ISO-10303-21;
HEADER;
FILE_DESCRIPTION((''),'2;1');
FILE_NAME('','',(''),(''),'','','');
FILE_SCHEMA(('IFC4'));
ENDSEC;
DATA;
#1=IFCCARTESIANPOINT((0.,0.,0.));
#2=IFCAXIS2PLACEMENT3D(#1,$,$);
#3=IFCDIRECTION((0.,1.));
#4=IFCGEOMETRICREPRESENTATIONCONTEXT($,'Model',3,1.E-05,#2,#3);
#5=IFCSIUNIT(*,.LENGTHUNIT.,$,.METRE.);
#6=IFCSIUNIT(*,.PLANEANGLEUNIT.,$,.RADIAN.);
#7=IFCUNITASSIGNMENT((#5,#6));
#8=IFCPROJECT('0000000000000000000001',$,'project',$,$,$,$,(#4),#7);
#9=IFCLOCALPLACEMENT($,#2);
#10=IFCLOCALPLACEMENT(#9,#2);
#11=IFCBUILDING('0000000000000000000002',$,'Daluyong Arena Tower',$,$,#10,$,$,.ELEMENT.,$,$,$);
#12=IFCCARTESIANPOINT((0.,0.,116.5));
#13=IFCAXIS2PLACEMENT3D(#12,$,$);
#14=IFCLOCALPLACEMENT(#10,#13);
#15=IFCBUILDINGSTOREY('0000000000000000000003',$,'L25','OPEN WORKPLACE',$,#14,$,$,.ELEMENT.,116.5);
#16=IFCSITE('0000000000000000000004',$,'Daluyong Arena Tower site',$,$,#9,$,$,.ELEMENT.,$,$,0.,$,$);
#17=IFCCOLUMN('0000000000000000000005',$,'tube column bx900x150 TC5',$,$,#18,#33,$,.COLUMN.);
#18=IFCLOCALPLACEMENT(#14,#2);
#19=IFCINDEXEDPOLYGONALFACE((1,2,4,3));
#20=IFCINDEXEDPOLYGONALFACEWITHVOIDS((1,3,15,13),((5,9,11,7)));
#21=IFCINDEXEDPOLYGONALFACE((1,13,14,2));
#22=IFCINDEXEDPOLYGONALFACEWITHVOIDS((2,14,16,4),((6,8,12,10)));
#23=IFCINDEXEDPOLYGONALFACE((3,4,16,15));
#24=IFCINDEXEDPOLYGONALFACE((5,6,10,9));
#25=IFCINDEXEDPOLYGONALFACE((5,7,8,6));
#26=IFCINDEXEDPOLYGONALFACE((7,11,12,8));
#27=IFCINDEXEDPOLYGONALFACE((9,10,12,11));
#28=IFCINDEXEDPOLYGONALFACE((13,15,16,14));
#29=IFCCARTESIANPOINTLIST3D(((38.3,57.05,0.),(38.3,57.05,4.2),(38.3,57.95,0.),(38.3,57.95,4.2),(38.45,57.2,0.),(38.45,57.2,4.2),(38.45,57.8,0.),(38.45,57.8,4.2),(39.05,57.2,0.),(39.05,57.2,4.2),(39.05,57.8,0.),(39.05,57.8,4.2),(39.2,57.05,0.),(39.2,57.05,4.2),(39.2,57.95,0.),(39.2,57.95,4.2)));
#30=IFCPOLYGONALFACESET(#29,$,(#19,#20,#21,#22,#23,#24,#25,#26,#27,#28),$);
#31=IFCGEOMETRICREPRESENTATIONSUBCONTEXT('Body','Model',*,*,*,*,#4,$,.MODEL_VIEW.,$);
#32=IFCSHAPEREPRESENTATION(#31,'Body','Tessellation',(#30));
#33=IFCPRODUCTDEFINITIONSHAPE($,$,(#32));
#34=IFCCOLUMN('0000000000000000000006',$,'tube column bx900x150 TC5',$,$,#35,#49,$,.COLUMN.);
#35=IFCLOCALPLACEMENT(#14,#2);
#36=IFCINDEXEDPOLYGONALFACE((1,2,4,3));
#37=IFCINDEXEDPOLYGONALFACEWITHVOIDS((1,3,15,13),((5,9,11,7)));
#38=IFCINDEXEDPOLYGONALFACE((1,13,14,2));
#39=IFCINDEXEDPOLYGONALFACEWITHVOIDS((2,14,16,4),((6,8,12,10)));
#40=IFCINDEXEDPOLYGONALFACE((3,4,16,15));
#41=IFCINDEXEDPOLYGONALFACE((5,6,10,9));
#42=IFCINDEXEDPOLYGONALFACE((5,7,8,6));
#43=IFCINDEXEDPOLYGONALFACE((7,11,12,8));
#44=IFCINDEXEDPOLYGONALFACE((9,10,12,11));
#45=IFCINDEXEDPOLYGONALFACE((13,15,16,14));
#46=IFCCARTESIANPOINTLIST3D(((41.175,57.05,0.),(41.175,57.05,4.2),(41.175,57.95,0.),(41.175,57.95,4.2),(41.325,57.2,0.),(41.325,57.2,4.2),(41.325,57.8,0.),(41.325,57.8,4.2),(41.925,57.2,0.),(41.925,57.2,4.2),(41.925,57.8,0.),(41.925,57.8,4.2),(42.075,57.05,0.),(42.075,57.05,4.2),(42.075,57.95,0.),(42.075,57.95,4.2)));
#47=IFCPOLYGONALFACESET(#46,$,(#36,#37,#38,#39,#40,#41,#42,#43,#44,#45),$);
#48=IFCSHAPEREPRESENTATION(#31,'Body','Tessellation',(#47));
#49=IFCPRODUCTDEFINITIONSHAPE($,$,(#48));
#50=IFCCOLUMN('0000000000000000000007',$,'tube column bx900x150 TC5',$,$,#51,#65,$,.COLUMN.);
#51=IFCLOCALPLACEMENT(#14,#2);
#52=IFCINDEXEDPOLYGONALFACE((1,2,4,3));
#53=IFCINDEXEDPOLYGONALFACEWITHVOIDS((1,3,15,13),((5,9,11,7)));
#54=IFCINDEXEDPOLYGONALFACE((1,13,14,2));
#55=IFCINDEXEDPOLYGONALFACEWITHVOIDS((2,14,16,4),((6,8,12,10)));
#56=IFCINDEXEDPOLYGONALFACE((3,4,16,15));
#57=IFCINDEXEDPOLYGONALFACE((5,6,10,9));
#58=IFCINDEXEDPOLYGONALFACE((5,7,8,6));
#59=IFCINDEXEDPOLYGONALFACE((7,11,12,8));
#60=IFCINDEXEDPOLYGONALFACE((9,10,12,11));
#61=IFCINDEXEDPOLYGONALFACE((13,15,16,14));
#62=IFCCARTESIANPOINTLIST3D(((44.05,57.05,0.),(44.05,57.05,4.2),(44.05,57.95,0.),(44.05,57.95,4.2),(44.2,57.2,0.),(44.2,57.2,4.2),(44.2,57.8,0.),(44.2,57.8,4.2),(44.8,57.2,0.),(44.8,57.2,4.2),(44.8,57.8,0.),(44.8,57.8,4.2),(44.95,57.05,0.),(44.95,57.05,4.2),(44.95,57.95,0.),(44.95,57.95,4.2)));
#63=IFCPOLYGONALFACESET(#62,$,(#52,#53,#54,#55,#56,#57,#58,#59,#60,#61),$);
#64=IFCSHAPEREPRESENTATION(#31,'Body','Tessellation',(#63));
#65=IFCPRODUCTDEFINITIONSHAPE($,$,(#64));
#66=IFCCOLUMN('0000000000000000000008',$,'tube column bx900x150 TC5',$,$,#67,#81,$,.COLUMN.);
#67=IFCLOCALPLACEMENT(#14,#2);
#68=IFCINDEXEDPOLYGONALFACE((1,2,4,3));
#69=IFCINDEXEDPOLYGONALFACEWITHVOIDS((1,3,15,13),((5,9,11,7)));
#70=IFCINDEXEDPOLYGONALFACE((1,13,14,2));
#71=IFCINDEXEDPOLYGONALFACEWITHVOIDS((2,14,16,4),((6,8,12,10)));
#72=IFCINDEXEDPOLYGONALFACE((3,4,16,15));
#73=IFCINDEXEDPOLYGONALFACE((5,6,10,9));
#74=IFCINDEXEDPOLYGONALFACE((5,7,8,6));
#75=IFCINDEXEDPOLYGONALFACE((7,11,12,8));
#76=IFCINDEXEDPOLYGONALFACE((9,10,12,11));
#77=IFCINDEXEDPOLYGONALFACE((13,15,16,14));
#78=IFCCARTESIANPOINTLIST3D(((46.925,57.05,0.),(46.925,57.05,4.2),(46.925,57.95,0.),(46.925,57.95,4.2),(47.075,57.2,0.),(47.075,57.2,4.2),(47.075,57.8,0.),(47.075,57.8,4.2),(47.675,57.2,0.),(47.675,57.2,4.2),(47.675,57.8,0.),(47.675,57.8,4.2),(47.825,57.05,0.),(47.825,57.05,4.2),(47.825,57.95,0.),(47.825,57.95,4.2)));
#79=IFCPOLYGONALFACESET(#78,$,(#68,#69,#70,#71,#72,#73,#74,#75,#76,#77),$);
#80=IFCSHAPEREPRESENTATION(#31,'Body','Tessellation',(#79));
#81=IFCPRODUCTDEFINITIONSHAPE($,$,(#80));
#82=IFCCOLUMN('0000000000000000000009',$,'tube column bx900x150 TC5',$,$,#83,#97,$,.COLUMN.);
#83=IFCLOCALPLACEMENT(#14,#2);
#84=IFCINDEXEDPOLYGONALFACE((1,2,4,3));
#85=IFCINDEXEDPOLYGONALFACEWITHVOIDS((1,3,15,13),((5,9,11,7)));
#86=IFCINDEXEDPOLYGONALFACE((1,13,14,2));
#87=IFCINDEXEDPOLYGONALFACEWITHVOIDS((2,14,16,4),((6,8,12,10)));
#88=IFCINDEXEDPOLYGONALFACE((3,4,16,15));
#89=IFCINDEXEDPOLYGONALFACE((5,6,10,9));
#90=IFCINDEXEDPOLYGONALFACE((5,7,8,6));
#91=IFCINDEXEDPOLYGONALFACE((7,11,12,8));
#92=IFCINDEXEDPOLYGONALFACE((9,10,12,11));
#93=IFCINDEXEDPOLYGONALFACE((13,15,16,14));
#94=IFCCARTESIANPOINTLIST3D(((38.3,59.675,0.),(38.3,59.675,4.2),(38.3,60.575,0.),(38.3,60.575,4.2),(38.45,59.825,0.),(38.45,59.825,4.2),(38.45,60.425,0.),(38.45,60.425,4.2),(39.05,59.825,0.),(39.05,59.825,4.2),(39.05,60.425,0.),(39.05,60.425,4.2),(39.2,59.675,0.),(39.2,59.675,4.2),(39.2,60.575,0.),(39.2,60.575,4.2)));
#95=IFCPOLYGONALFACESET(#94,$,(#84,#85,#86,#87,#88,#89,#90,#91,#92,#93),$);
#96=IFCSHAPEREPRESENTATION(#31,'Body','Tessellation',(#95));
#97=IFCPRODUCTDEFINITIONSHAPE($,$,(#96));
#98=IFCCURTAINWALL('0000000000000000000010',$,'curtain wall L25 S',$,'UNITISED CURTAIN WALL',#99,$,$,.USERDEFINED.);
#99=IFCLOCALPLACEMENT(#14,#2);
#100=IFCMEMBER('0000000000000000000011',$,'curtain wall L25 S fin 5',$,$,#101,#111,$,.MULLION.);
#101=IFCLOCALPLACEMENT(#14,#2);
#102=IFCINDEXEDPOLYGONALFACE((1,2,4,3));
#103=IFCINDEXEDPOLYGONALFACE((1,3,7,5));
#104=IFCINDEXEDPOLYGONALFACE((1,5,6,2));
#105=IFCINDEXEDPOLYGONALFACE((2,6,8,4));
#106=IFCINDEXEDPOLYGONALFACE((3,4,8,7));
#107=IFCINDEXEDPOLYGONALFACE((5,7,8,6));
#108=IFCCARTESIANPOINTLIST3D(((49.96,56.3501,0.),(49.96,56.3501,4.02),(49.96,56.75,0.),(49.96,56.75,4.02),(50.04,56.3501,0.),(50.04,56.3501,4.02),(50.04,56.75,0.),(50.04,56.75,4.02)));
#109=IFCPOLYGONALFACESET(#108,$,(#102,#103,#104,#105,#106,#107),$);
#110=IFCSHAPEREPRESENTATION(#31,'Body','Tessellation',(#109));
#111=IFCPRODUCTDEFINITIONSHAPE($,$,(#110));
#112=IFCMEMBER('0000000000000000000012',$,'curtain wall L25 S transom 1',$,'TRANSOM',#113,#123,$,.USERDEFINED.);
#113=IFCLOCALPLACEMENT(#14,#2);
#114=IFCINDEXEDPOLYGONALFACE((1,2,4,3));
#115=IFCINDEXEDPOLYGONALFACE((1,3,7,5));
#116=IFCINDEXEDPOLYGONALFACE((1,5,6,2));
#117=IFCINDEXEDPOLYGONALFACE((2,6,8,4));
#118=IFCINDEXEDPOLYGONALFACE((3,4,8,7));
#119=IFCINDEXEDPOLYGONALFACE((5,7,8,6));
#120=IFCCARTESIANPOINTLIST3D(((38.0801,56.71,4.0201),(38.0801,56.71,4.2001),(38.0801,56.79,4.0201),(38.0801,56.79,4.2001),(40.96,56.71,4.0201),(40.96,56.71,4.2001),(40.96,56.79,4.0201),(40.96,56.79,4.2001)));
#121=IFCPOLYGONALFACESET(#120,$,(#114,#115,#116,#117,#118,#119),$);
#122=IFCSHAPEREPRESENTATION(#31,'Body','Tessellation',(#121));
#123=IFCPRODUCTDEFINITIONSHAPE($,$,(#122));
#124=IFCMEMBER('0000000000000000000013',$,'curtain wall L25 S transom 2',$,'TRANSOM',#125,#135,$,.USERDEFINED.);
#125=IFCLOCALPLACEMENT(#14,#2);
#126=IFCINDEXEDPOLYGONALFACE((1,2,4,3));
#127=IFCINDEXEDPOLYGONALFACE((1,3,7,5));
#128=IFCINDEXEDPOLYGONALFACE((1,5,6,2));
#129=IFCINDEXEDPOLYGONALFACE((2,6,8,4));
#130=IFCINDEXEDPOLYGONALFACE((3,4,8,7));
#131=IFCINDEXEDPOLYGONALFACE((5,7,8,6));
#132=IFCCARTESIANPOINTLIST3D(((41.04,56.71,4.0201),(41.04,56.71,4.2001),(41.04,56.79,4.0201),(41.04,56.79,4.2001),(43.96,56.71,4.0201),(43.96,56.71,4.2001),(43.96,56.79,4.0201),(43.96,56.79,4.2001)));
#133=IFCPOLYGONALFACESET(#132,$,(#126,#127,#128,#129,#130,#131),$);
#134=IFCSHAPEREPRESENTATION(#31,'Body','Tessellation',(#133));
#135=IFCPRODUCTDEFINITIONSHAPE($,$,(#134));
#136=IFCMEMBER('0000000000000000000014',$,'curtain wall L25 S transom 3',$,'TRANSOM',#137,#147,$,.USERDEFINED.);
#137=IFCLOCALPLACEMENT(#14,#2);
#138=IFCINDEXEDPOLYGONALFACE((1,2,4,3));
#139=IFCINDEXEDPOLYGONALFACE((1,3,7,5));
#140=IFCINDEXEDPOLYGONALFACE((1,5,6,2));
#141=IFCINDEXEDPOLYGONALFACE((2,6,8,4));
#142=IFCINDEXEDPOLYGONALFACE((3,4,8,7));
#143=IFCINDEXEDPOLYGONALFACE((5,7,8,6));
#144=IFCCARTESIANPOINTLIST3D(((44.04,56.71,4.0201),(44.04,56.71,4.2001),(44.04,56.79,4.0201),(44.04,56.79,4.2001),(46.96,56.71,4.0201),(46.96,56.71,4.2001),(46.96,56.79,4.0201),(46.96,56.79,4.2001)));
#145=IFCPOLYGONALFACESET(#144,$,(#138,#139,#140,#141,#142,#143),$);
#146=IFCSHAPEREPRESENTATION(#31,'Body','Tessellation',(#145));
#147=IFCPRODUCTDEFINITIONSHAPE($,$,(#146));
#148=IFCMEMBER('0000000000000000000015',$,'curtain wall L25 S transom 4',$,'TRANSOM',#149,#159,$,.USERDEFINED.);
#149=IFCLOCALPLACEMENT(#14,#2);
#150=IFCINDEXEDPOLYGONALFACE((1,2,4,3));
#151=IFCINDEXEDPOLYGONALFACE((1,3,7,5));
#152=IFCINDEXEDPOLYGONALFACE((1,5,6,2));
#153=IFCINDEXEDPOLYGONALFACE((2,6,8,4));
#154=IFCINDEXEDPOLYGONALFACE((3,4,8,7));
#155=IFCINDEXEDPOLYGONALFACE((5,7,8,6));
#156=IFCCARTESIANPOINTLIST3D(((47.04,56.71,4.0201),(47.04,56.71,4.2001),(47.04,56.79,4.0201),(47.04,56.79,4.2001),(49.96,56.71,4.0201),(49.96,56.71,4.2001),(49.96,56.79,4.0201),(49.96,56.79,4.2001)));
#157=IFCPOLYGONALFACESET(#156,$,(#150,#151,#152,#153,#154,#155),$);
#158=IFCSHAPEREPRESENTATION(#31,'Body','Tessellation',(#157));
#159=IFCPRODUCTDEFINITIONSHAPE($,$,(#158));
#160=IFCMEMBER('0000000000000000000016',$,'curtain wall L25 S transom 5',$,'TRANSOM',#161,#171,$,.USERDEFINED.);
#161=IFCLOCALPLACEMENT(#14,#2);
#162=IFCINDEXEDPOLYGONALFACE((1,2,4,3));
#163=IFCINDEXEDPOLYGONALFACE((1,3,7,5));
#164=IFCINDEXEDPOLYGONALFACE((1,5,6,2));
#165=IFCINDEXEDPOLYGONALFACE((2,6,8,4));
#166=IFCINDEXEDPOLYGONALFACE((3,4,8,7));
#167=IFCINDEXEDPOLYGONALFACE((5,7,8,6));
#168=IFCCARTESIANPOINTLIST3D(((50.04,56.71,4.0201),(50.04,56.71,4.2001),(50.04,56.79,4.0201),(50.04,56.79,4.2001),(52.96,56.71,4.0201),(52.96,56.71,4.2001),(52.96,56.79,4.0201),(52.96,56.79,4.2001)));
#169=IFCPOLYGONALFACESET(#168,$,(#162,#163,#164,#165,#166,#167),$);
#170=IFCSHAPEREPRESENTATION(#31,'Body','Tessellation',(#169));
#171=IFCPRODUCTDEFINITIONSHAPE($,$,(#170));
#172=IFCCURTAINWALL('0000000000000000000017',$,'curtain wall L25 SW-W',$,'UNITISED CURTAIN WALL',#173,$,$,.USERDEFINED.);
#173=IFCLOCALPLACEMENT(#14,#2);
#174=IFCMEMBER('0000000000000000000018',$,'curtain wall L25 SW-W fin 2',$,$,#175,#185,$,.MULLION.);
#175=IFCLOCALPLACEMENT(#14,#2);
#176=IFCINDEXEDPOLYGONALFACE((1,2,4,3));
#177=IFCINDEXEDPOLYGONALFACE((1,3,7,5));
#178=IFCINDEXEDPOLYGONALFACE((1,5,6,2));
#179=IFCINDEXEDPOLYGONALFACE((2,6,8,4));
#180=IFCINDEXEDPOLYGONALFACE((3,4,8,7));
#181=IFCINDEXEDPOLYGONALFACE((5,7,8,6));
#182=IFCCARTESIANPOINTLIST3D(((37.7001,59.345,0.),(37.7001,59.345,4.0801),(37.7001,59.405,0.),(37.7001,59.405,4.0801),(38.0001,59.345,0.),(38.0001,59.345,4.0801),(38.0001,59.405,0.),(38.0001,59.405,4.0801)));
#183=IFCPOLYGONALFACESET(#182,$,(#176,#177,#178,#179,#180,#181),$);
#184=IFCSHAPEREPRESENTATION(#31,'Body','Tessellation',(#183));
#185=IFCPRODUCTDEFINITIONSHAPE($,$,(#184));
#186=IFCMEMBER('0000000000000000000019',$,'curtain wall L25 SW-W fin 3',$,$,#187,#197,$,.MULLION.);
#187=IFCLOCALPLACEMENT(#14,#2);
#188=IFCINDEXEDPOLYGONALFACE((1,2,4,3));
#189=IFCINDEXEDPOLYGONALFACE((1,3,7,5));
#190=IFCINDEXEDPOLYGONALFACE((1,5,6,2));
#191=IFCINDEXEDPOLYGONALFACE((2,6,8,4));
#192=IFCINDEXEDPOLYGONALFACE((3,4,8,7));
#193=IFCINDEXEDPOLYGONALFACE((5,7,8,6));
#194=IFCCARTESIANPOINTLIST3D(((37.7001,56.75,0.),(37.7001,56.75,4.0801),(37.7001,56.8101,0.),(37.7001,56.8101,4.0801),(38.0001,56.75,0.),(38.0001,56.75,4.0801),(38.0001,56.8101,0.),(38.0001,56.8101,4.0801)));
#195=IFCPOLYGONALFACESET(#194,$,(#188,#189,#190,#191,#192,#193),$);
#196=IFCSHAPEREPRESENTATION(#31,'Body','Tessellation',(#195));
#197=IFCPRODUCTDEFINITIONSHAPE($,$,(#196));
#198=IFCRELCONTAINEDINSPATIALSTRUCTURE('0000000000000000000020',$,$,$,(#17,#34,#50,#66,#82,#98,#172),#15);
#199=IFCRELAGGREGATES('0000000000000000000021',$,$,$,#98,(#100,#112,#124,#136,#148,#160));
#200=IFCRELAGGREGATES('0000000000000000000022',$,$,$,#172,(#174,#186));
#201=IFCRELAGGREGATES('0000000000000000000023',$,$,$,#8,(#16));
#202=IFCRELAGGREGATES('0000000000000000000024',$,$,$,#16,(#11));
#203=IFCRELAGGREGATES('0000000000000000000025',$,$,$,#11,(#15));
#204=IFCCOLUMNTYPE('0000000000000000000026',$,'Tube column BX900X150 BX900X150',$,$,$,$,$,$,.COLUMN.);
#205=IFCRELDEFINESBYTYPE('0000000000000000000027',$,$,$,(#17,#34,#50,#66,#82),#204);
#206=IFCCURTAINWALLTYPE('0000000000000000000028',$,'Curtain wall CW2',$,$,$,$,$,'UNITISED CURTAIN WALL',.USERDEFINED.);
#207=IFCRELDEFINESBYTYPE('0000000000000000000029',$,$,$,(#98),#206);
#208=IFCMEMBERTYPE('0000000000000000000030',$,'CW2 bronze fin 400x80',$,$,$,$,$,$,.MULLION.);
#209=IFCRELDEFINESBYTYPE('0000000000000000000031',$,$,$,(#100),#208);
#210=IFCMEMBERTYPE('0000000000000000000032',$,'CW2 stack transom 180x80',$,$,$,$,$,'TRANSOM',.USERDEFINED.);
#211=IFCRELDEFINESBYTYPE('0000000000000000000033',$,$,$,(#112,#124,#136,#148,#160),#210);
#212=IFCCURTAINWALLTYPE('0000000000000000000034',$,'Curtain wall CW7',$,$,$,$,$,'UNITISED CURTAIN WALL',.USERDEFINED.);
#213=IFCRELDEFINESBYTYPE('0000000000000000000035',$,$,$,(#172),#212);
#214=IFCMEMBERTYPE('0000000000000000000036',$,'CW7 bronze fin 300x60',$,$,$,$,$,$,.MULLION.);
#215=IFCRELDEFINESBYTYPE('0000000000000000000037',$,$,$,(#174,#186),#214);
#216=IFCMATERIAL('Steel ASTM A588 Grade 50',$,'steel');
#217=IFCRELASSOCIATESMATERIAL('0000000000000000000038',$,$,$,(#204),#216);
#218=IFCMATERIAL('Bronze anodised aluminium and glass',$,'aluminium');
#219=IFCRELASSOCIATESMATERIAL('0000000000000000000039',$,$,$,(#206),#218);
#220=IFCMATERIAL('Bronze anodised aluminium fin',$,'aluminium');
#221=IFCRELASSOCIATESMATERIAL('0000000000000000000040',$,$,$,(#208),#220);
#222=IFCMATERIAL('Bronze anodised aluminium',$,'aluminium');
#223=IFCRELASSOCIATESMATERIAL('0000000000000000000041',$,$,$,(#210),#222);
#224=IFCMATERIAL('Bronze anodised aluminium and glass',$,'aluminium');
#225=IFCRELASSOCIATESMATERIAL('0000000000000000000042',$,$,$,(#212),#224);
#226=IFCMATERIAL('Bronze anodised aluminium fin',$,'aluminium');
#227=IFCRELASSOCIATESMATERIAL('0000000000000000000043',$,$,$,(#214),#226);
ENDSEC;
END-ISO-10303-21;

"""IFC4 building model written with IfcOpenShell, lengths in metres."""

from ifc_helpers import new_model, si_unit, direction, frame, origin, origin_2d, place, context, subcontext, project, spatial, rectangle, hollow_rectangle, extrude, material, material_profile, profile_set, type_object, element, aggregate, save


model = new_model("IFC4")

# Units and contexts
model_context = context("Model", 3, precision=1e-05, world=origin(), true_north=direction((0.0, 1.0)))
body_context = subcontext(model_context, "Body", "Model", "MODEL_VIEW")
ifc_project = project(units=[si_unit("LENGTHUNIT", "METRE"), si_unit("PLANEANGLEUNIT", "RADIAN")], contexts=[model_context])

# Site, building, storey
site_placement = place(None, origin())
site = spatial("IfcSite", under=ifc_project, at=site_placement, Name="Daluyong Arena Tower site", CompositionType="ELEMENT", RefElevation=0.0)
building_placement = place(site_placement, origin())
building = spatial("IfcBuilding", under=site, at=building_placement, Name="Daluyong Arena Tower", CompositionType="ELEMENT")
storey_placement = place(building_placement, frame((0.0, 0.0, 116.5)))
storey = spatial("IfcBuildingStorey", under=building, at=storey_placement, Name="L25", Description="OPEN WORKPLACE", CompositionType="ELEMENT", Elevation=116.5)

# Columns
ifc_material_1 = material(Name="Steel ASTM A588 Grade 50", Category="steel")
ifc_material_profile_1 = material_profile(ifc_material_1, hollow_rectangle(XDim=0.8999, YDim=0.8999, WallThickness=0.15, at=origin_2d()))
ifc_profile_set_1 = profile_set([ifc_material_profile_1], Name="Steel ASTM A588 Grade 50")
column_type = type_object("IfcColumnType", Name="Tube column BX900X150 BX900X150", PredefinedType="COLUMN", material=ifc_profile_set_1)
for number, where, z_axis, x_axis, name in (
    (1, (38.75, 57.5, 0.0), (0.0, 0.0, 1.0), (1.0, 0.0, 0.0), "tube column bx900x150 TC5"),
    (2, (41.625, 57.5, 0.0), (0.0, 0.0, 1.0), (1.0, 0.0, 0.0), "tube column bx900x150 TC5"),
    (3, (44.5, 57.5, 0.0), (0.0, 0.0, 1.0), (1.0, 0.0, 0.0), "tube column bx900x150 TC5"),
    (4, (47.375, 57.5, 0.0), (0.0, 0.0, 1.0), (1.0, 0.0, 0.0), "tube column bx900x150 TC5"),
    (5, (38.75, 60.125, 0.0), (0.0, 0.0, 1.0), (0.0, 1.0, 0.0), "tube column bx900x150 TC5"),
):
    element("IfcColumn", number, at=place(storey_placement, frame(where, z_axis=z_axis, x_axis=x_axis)), inside=storey, type_object=column_type, Name=name, PredefinedType="COLUMN", context=body_context, shape_type="SweptSolid", body=[
        extrude(hollow_rectangle(XDim=0.8999, YDim=0.8999, WallThickness=0.15, at=origin_2d()), origin(), (0.0, 0.0, 1.0), 4.2),
    ])

# Curtain walls, members
ifc_material_2 = material(Name="Bronze anodised aluminium and glass", Category="aluminium")
curtain_wall_type_1 = type_object("IfcCurtainWallType", Name="Curtain wall CW2", ElementType="UNITISED CURTAIN WALL", PredefinedType="USERDEFINED", material=ifc_material_2)
curtain_wall_1_placement = place(storey_placement, origin())
curtain_wall_1 = element("IfcCurtainWall", 6, at=curtain_wall_1_placement, inside=storey, type_object=curtain_wall_type_1, Name="curtain wall L25 S", ObjectType="UNITISED CURTAIN WALL", PredefinedType="USERDEFINED")
ifc_material_3 = material(Name="Bronze anodised aluminium fin", Category="aluminium")
ifc_material_profile_2 = material_profile(ifc_material_3, rectangle(XDim=0.3999, YDim=0.0801, at=origin_2d()))
ifc_profile_set_2 = profile_set([ifc_material_profile_2], Name="Bronze anodised aluminium fin")
member_type_1 = type_object("IfcMemberType", Name="CW2 bronze fin 400x80", PredefinedType="MULLION", material=ifc_profile_set_2)
member_1_placement = place(storey_placement, frame((50.0, 56.55, 0.0), z_axis=(0.0, 0.0, 1.0), x_axis=(0.0, 1.0, 0.0)))
member_1 = element("IfcMember", 7, at=member_1_placement, type_object=member_type_1, Name="curtain wall L25 S fin 5", PredefinedType="MULLION", context=body_context, shape_type="SweptSolid", body=[
    extrude(rectangle(XDim=0.3999, YDim=0.0801, at=origin_2d()), origin(), (0.0, 0.0, 1.0), 4.02),
])
ifc_material_4 = material(Name="Bronze anodised aluminium", Category="aluminium")
ifc_material_profile_3 = material_profile(ifc_material_4, rectangle(XDim=0.0801, YDim=0.1799, at=origin_2d()))
ifc_profile_set_3 = profile_set([ifc_material_profile_3], Name="Bronze anodised aluminium")
member_type_2 = type_object("IfcMemberType", Name="CW2 stack transom 180x80", ElementType="TRANSOM", PredefinedType="USERDEFINED", material=ifc_profile_set_3)
member_2_placement = place(storey_placement, frame((38.0801, 56.75, 4.1101), z_axis=(1.0, 0.0, 0.0), x_axis=(0.0, 1.0, 0.0)))
member_2 = element("IfcMember", 8, at=member_2_placement, type_object=member_type_2, Name="curtain wall L25 S transom 1", ObjectType="TRANSOM", PredefinedType="USERDEFINED", context=body_context, shape_type="SweptSolid", body=[
    extrude(rectangle(XDim=0.0801, YDim=0.1799, at=origin_2d()), origin(), (0.0, 0.0, 1.0), 2.8799),
])
member_3_placement = place(storey_placement, frame((41.04, 56.75, 4.1101), z_axis=(1.0, 0.0, 0.0), x_axis=(0.0, 1.0, 0.0)))
member_3 = element("IfcMember", 9, at=member_3_placement, type_object=member_type_2, Name="curtain wall L25 S transom 2", ObjectType="TRANSOM", PredefinedType="USERDEFINED", context=body_context, shape_type="SweptSolid", body=[
    extrude(rectangle(XDim=0.0801, YDim=0.1799, at=origin_2d()), origin(), (0.0, 0.0, 1.0), 2.9199),
])
member_4_placement = place(storey_placement, frame((44.04, 56.75, 4.1101), z_axis=(1.0, 0.0, 0.0), x_axis=(0.0, 1.0, 0.0)))
member_4 = element("IfcMember", 10, at=member_4_placement, type_object=member_type_2, Name="curtain wall L25 S transom 3", ObjectType="TRANSOM", PredefinedType="USERDEFINED", context=body_context, shape_type="SweptSolid", body=[
    extrude(rectangle(XDim=0.0801, YDim=0.1799, at=origin_2d()), origin(), (0.0, 0.0, 1.0), 2.9199),
])
member_5_placement = place(storey_placement, frame((47.04, 56.75, 4.1101), z_axis=(1.0, 0.0, 0.0), x_axis=(0.0, 1.0, 0.0)))
member_5 = element("IfcMember", 11, at=member_5_placement, type_object=member_type_2, Name="curtain wall L25 S transom 4", ObjectType="TRANSOM", PredefinedType="USERDEFINED", context=body_context, shape_type="SweptSolid", body=[
    extrude(rectangle(XDim=0.0801, YDim=0.1799, at=origin_2d()), origin(), (0.0, 0.0, 1.0), 2.9199),
])
member_6_placement = place(storey_placement, frame((50.04, 56.75, 4.1101), z_axis=(1.0, 0.0, 0.0), x_axis=(0.0, 1.0, 0.0)))
member_6 = element("IfcMember", 12, at=member_6_placement, type_object=member_type_2, Name="curtain wall L25 S transom 5", ObjectType="TRANSOM", PredefinedType="USERDEFINED", context=body_context, shape_type="SweptSolid", body=[
    extrude(rectangle(XDim=0.0801, YDim=0.1799, at=origin_2d()), origin(), (0.0, 0.0, 1.0), 2.9199),
])
ifc_material_5 = material(Name="Bronze anodised aluminium and glass", Category="aluminium")
curtain_wall_type_2 = type_object("IfcCurtainWallType", Name="Curtain wall CW7", ElementType="UNITISED CURTAIN WALL", PredefinedType="USERDEFINED", material=ifc_material_5)
curtain_wall_2_placement = place(storey_placement, origin())
curtain_wall_2 = element("IfcCurtainWall", 13, at=curtain_wall_2_placement, inside=storey, type_object=curtain_wall_type_2, Name="curtain wall L25 SW-W", ObjectType="UNITISED CURTAIN WALL", PredefinedType="USERDEFINED")
ifc_material_6 = material(Name="Bronze anodised aluminium fin", Category="aluminium")
ifc_material_profile_4 = material_profile(ifc_material_6, rectangle(XDim=0.3, YDim=0.0601, at=origin_2d()))
ifc_profile_set_4 = profile_set([ifc_material_profile_4], Name="Bronze anodised aluminium fin")
member_type_3 = type_object("IfcMemberType", Name="CW7 bronze fin 300x60", PredefinedType="MULLION", material=ifc_profile_set_4)
member_7_placement = place(storey_placement, frame((37.8501, 59.375, 0.0), z_axis=(0.0, 0.0, 1.0), x_axis=(1.0, 0.0, 0.0)))
member_7 = element("IfcMember", 14, at=member_7_placement, type_object=member_type_3, Name="curtain wall L25 SW-W fin 2", PredefinedType="MULLION", context=body_context, shape_type="SweptSolid", body=[
    extrude(rectangle(XDim=0.3, YDim=0.0601, at=origin_2d()), origin(), (0.0, 0.0, 1.0), 4.0801),
])
member_8_placement = place(storey_placement, frame((37.8501, 56.78, 0.0), z_axis=(0.0, 0.0, 1.0), x_axis=(1.0, 0.0, 0.0)))
member_8 = element("IfcMember", 15, at=member_8_placement, type_object=member_type_3, Name="curtain wall L25 SW-W fin 3", PredefinedType="MULLION", context=body_context, shape_type="SweptSolid", body=[
    extrude(rectangle(XDim=0.3, YDim=0.0601, at=origin_2d()), origin(), (0.0, 0.0, 1.0), 4.0801),
])

aggregate(curtain_wall_1, [member_1, member_2, member_3, member_4, member_5, member_6])
aggregate(curtain_wall_2, [member_7, member_8])

save(model, "model.ifc")
